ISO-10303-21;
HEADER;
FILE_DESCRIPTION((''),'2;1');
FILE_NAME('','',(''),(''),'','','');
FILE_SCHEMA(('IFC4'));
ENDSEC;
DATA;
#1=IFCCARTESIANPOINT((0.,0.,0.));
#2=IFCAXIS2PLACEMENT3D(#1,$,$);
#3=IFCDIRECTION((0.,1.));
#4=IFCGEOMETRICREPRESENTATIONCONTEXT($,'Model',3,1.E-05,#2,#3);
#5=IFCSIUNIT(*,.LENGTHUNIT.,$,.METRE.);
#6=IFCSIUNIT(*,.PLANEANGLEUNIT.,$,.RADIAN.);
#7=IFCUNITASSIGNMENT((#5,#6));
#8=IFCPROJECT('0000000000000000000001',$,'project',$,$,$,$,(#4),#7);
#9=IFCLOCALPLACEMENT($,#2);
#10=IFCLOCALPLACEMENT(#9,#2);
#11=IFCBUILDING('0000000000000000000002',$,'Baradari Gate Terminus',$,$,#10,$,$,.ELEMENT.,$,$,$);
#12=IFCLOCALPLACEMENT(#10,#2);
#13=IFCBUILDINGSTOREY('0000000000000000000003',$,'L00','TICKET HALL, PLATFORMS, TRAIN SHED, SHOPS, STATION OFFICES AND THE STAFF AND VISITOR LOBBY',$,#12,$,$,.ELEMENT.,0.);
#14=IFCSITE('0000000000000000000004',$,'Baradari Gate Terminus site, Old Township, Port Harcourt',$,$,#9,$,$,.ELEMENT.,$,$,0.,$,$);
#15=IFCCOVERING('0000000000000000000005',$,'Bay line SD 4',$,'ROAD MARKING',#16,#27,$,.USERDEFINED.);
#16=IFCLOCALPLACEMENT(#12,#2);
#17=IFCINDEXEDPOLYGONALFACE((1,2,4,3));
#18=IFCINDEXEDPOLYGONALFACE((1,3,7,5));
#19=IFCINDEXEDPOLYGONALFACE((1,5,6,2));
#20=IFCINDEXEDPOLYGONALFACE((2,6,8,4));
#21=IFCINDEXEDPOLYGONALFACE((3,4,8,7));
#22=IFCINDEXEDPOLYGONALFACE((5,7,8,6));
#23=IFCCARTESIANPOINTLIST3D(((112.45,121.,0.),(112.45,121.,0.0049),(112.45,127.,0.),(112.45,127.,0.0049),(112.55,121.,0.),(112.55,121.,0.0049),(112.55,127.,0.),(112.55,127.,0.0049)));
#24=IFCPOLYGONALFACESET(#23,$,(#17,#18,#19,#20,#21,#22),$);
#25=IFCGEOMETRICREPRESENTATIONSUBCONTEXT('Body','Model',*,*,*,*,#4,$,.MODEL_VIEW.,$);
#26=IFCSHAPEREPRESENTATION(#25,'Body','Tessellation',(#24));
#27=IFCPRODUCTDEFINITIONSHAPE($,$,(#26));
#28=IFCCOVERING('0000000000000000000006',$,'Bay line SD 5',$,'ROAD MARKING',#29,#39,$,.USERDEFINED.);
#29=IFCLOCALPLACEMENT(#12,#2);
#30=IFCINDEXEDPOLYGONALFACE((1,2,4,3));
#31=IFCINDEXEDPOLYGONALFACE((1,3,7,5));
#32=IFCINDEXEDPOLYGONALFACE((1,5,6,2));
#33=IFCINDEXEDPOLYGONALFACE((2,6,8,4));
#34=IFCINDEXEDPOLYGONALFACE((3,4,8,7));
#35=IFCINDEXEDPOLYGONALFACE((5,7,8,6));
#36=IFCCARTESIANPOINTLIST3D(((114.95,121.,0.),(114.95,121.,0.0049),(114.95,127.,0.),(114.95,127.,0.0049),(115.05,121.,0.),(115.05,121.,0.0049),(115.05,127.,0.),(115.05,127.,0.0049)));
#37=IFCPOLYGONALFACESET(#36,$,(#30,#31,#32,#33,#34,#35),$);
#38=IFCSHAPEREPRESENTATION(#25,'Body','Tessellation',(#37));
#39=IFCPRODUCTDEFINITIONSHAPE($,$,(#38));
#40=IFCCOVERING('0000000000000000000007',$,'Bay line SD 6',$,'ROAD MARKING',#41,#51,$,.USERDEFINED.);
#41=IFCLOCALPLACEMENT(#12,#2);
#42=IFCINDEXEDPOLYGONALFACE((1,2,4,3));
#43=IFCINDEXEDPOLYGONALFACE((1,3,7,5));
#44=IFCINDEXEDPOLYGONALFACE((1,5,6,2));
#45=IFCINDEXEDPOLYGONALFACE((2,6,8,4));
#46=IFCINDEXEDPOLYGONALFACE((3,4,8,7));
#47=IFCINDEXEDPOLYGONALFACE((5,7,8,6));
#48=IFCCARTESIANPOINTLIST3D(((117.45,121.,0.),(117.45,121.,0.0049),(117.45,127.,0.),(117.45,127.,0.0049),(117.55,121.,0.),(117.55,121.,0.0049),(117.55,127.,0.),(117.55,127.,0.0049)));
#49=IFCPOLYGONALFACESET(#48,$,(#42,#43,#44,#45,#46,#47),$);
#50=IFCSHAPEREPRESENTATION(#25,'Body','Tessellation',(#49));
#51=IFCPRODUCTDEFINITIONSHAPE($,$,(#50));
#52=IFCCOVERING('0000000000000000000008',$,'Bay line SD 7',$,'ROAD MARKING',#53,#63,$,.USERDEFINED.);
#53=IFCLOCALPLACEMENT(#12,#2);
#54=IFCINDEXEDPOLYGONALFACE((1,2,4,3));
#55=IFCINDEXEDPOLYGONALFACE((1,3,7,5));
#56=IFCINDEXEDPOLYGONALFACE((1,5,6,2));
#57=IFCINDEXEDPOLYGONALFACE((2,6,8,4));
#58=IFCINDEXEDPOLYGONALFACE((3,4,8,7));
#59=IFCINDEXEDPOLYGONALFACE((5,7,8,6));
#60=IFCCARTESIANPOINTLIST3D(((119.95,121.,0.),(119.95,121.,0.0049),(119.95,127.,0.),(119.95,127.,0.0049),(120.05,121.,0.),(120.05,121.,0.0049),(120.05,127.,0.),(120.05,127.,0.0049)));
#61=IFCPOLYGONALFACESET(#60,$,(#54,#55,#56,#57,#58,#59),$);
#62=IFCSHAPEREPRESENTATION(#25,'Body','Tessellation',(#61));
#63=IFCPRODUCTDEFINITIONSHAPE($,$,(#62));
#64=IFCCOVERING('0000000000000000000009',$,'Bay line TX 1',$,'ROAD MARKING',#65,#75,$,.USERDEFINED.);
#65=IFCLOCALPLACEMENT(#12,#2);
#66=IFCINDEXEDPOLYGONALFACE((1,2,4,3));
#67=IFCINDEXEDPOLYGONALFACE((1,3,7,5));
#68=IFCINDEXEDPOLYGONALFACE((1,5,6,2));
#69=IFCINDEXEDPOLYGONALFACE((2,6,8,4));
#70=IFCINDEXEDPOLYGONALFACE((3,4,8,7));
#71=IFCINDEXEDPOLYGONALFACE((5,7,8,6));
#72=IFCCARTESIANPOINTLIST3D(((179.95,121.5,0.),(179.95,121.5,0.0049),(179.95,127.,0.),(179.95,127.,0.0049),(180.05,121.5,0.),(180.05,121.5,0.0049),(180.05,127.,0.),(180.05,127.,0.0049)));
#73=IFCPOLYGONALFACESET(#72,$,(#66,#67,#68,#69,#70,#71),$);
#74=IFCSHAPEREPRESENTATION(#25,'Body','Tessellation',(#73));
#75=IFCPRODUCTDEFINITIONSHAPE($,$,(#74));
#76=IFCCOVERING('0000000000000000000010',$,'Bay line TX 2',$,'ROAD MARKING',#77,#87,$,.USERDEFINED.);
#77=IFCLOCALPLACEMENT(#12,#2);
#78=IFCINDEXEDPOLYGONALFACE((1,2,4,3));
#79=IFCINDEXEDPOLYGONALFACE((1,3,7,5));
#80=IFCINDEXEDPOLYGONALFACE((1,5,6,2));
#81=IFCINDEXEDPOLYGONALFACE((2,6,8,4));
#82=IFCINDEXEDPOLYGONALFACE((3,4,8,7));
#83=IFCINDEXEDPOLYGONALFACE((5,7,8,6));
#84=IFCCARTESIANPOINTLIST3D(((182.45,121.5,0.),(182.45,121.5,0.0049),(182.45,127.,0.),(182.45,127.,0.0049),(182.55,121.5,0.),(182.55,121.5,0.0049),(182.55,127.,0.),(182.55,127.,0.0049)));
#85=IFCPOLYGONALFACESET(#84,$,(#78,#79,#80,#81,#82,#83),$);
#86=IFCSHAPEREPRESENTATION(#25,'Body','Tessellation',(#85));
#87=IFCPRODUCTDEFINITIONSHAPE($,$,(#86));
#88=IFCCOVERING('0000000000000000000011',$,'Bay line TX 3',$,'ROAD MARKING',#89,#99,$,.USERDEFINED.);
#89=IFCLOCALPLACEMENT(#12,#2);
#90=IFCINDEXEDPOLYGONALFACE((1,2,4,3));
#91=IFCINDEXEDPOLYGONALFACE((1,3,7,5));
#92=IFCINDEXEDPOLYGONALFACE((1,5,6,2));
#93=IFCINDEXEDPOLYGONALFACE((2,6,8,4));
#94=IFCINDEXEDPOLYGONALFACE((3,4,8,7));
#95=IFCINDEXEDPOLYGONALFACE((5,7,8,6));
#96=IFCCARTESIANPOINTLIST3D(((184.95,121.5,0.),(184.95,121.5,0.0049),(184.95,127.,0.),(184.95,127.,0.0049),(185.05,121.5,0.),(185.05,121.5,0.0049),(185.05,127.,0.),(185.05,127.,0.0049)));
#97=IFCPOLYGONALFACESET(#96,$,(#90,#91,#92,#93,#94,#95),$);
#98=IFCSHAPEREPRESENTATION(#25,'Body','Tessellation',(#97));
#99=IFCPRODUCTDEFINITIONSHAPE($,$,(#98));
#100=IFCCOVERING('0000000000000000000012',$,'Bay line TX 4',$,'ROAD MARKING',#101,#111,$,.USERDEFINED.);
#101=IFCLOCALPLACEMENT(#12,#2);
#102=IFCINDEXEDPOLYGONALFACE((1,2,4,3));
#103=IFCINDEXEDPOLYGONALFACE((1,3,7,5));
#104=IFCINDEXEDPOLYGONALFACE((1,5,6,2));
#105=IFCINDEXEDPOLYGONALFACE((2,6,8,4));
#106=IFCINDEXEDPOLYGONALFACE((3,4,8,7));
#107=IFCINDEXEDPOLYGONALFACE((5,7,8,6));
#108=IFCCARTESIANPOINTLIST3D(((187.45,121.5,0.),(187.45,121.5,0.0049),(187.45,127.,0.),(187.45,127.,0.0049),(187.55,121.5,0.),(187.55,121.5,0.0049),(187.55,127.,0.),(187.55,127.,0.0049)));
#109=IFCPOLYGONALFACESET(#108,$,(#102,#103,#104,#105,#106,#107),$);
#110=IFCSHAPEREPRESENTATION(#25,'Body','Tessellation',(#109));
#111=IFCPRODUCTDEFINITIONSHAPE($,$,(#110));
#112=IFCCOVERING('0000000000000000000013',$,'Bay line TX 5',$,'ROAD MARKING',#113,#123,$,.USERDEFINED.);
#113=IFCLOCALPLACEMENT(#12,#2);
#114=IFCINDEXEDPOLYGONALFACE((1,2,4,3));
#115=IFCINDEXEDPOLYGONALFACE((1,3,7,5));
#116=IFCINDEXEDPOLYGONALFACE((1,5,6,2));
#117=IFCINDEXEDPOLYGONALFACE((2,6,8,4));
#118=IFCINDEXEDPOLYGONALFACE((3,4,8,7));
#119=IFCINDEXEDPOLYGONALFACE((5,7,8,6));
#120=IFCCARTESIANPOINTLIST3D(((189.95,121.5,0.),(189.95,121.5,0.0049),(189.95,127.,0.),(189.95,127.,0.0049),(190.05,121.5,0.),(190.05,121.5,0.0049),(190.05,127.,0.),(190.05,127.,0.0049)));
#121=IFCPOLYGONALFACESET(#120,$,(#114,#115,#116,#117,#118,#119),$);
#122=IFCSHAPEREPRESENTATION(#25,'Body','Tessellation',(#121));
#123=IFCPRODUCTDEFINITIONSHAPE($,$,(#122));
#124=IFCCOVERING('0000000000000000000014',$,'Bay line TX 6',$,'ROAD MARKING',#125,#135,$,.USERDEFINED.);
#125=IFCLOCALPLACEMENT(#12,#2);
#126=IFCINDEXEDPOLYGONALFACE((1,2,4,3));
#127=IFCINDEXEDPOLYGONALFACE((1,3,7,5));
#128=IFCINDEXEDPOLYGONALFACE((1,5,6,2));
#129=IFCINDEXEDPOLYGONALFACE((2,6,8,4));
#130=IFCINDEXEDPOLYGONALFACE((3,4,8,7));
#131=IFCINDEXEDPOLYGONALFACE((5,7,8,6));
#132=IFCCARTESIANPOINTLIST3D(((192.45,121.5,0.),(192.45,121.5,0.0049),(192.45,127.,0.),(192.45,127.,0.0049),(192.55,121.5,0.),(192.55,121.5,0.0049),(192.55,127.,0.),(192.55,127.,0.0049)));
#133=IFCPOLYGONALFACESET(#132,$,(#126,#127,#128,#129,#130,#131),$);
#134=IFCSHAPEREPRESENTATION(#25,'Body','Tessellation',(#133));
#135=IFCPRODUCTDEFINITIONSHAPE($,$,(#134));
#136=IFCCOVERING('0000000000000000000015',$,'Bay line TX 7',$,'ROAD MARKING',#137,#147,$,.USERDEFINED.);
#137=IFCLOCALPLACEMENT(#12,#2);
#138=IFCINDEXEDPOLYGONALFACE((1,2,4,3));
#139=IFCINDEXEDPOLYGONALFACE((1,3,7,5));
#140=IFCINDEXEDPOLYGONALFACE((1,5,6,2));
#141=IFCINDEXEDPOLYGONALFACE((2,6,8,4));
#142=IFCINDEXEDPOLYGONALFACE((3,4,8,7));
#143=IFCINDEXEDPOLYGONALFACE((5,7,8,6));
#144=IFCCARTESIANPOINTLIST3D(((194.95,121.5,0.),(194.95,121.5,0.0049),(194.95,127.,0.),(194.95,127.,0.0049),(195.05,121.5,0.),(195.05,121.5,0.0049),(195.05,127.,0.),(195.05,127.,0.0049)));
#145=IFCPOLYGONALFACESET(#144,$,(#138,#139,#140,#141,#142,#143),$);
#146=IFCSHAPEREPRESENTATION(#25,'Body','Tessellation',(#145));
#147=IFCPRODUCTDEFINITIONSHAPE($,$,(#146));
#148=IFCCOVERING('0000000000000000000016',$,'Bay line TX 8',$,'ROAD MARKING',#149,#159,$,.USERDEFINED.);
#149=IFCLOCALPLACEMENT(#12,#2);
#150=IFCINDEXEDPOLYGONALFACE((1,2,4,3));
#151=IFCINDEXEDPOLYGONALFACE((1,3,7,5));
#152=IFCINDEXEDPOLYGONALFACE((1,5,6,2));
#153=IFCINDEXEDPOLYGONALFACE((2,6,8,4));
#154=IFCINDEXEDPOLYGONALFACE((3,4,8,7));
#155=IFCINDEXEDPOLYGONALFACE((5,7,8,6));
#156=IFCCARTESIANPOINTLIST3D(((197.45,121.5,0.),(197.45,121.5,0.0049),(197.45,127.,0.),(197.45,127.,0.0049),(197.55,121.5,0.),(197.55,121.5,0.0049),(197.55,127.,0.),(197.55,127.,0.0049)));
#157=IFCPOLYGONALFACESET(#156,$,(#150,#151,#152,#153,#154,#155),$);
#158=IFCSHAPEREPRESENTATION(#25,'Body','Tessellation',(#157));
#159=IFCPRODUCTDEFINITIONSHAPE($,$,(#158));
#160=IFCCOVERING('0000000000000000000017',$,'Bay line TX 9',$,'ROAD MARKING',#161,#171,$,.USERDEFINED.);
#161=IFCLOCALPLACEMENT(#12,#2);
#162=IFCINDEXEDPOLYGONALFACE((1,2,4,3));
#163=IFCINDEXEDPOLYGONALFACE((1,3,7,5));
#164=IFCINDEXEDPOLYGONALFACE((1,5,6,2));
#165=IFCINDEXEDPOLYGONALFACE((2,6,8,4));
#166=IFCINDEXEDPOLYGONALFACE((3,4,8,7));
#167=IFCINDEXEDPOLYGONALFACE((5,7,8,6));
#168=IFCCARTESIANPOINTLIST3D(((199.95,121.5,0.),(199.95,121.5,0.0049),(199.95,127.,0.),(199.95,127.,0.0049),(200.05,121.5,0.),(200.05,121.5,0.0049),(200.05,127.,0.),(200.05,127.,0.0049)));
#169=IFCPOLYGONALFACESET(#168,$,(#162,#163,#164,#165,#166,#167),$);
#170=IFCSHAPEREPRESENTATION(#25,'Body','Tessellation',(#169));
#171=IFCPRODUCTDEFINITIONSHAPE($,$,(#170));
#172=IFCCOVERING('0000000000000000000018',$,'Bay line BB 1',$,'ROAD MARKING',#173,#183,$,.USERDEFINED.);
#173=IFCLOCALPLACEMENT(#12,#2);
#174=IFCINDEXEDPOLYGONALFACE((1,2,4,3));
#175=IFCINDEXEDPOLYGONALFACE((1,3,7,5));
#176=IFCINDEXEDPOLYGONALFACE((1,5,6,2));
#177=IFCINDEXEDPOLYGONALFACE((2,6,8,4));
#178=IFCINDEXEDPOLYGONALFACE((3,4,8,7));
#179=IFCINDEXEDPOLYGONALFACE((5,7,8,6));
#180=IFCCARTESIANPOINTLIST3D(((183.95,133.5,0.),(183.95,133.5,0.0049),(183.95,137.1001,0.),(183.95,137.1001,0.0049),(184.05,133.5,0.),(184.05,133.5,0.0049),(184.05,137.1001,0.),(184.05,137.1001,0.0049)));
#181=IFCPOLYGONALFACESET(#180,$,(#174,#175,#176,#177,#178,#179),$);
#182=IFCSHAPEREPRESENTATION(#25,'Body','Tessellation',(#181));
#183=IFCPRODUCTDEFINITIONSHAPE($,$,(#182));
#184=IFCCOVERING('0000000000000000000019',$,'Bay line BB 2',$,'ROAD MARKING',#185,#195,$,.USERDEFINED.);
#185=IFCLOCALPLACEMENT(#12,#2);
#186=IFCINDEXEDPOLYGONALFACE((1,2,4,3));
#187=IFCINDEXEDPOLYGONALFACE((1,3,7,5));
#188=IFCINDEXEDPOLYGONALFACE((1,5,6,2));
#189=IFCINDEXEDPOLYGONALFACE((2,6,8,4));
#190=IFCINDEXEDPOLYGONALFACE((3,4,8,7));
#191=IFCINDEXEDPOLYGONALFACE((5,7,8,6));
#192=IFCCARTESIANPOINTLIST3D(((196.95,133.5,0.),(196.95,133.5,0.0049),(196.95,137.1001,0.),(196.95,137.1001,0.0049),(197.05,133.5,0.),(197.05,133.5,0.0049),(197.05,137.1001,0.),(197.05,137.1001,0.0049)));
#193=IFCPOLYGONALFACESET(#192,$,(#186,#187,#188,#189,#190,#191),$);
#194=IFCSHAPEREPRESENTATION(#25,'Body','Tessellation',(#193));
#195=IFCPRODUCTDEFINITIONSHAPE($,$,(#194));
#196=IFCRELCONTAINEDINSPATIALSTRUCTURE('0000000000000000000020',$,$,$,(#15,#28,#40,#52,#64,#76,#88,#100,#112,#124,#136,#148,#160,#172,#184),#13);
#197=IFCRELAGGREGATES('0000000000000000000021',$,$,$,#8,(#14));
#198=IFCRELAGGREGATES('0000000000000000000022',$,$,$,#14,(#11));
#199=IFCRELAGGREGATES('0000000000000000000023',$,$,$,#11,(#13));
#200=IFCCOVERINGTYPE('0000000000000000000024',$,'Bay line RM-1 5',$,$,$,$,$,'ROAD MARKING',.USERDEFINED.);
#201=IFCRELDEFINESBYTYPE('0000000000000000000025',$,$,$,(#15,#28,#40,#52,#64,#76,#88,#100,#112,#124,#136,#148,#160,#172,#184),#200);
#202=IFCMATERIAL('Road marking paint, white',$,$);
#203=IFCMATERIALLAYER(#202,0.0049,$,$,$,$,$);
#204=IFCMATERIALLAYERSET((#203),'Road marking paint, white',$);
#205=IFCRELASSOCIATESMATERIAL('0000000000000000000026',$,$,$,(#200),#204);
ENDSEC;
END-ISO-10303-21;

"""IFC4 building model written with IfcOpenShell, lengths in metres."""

from ifc_helpers import new_model, si_unit, direction, origin, place, context, subcontext, project, spatial, polyline, outline, extrude, material, layer, layer_set, type_object, element, save


model = new_model("IFC4")

# Units and contexts
model_context = context("Model", 3, precision=1e-05, world=origin(), true_north=direction((0.0, 1.0)))
body_context = subcontext(model_context, "Body", "Model", "MODEL_VIEW")
ifc_project = project(units=[si_unit("LENGTHUNIT", "METRE"), si_unit("PLANEANGLEUNIT", "RADIAN")], contexts=[model_context])

# Site, building, storey
site_placement = place(None, origin())
site = spatial("IfcSite", under=ifc_project, at=site_placement, Name="Baradari Gate Terminus site, Old Township, Port Harcourt", CompositionType="ELEMENT", RefElevation=0.0)
building_placement = place(site_placement, origin())
building = spatial("IfcBuilding", under=site, at=building_placement, Name="Baradari Gate Terminus", CompositionType="ELEMENT")
storey_placement = place(building_placement, origin())
storey = spatial("IfcBuildingStorey", under=building, at=storey_placement, Name="L00", Description="TICKET HALL, PLATFORMS, TRAIN SHED, SHOPS, STATION OFFICES AND THE STAFF AND VISITOR LOBBY", CompositionType="ELEMENT", Elevation=0.0)

# Coverings
ifc_material_1 = material(Name="Road marking paint, white")
ifc_layer_1 = layer(ifc_material_1, 0.0049)
ifc_layer_set_1 = layer_set([ifc_layer_1], Name="Road marking paint, white")
covering_type_1 = type_object("IfcCoveringType", Name="Bay line RM-1 5", ElementType="ROAD MARKING", PredefinedType="USERDEFINED", material=ifc_layer_set_1)
covering_1_placement = place(storey_placement, origin())
element("IfcCovering", 1, at=covering_1_placement, inside=storey, type_object=covering_type_1, Name="Bay line SD 4", ObjectType="ROAD MARKING", PredefinedType="USERDEFINED", context=body_context, shape_type="SweptSolid", body=[
    extrude(outline(polyline([(112.45, 121.0), (112.55, 121.0), (112.55, 127.0), (112.45, 127.0), (112.45, 121.0)])), origin(), (0.0, 0.0, 1.0), 0.0049),
])
covering_2_placement = place(storey_placement, origin())
element("IfcCovering", 2, at=covering_2_placement, inside=storey, type_object=covering_type_1, Name="Bay line SD 5", ObjectType="ROAD MARKING", PredefinedType="USERDEFINED", context=body_context, shape_type="SweptSolid", body=[
    extrude(outline(polyline([(114.95, 121.0), (115.05, 121.0), (115.05, 127.0), (114.95, 127.0), (114.95, 121.0)])), origin(), (0.0, 0.0, 1.0), 0.0049),
])
covering_3_placement = place(storey_placement, origin())
element("IfcCovering", 3, at=covering_3_placement, inside=storey, type_object=covering_type_1, Name="Bay line SD 6", ObjectType="ROAD MARKING", PredefinedType="USERDEFINED", context=body_context, shape_type="SweptSolid", body=[
    extrude(outline(polyline([(117.45, 121.0), (117.55, 121.0), (117.55, 127.0), (117.45, 127.0), (117.45, 121.0)])), origin(), (0.0, 0.0, 1.0), 0.0049),
])
covering_4_placement = place(storey_placement, origin())
element("IfcCovering", 4, at=covering_4_placement, inside=storey, type_object=covering_type_1, Name="Bay line SD 7", ObjectType="ROAD MARKING", PredefinedType="USERDEFINED", context=body_context, shape_type="SweptSolid", body=[
    extrude(outline(polyline([(119.95, 121.0), (120.05, 121.0), (120.05, 127.0), (119.95, 127.0), (119.95, 121.0)])), origin(), (0.0, 0.0, 1.0), 0.0049),
])
covering_5_placement = place(storey_placement, origin())
element("IfcCovering", 5, at=covering_5_placement, inside=storey, type_object=covering_type_1, Name="Bay line TX 1", ObjectType="ROAD MARKING", PredefinedType="USERDEFINED", context=body_context, shape_type="SweptSolid", body=[
    extrude(outline(polyline([(179.95, 121.5), (180.05, 121.5), (180.05, 127.0), (179.95, 127.0), (179.95, 121.5)])), origin(), (0.0, 0.0, 1.0), 0.0049),
])
covering_6_placement = place(storey_placement, origin())
element("IfcCovering", 6, at=covering_6_placement, inside=storey, type_object=covering_type_1, Name="Bay line TX 2", ObjectType="ROAD MARKING", PredefinedType="USERDEFINED", context=body_context, shape_type="SweptSolid", body=[
    extrude(outline(polyline([(182.45, 121.5), (182.55, 121.5), (182.55, 127.0), (182.45, 127.0), (182.45, 121.5)])), origin(), (0.0, 0.0, 1.0), 0.0049),
])
covering_7_placement = place(storey_placement, origin())
element("IfcCovering", 7, at=covering_7_placement, inside=storey, type_object=covering_type_1, Name="Bay line TX 3", ObjectType="ROAD MARKING", PredefinedType="USERDEFINED", context=body_context, shape_type="SweptSolid", body=[
    extrude(outline(polyline([(184.95, 121.5), (185.05, 121.5), (185.05, 127.0), (184.95, 127.0), (184.95, 121.5)])), origin(), (0.0, 0.0, 1.0), 0.0049),
])
covering_8_placement = place(storey_placement, origin())
element("IfcCovering", 8, at=covering_8_placement, inside=storey, type_object=covering_type_1, Name="Bay line TX 4", ObjectType="ROAD MARKING", PredefinedType="USERDEFINED", context=body_context, shape_type="SweptSolid", body=[
    extrude(outline(polyline([(187.45, 121.5), (187.55, 121.5), (187.55, 127.0), (187.45, 127.0), (187.45, 121.5)])), origin(), (0.0, 0.0, 1.0), 0.0049),
])
covering_9_placement = place(storey_placement, origin())
element("IfcCovering", 9, at=covering_9_placement, inside=storey, type_object=covering_type_1, Name="Bay line TX 5", ObjectType="ROAD MARKING", PredefinedType="USERDEFINED", context=body_context, shape_type="SweptSolid", body=[
    extrude(outline(polyline([(189.95, 121.5), (190.05, 121.5), (190.05, 127.0), (189.95, 127.0), (189.95, 121.5)])), origin(), (0.0, 0.0, 1.0), 0.0049),
])
covering_10_placement = place(storey_placement, origin())
element("IfcCovering", 10, at=covering_10_placement, inside=storey, type_object=covering_type_1, Name="Bay line TX 6", ObjectType="ROAD MARKING", PredefinedType="USERDEFINED", context=body_context, shape_type="SweptSolid", body=[
    extrude(outline(polyline([(192.45, 121.5), (192.55, 121.5), (192.55, 127.0), (192.45, 127.0), (192.45, 121.5)])), origin(), (0.0, 0.0, 1.0), 0.0049),
])
covering_11_placement = place(storey_placement, origin())
element("IfcCovering", 11, at=covering_11_placement, inside=storey, type_object=covering_type_1, Name="Bay line TX 7", ObjectType="ROAD MARKING", PredefinedType="USERDEFINED", context=body_context, shape_type="SweptSolid", body=[
    extrude(outline(polyline([(194.95, 121.5), (195.05, 121.5), (195.05, 127.0), (194.95, 127.0), (194.95, 121.5)])), origin(), (0.0, 0.0, 1.0), 0.0049),
])
covering_12_placement = place(storey_placement, origin())
element("IfcCovering", 12, at=covering_12_placement, inside=storey, type_object=covering_type_1, Name="Bay line TX 8", ObjectType="ROAD MARKING", PredefinedType="USERDEFINED", context=body_context, shape_type="SweptSolid", body=[
    extrude(outline(polyline([(197.45, 121.5), (197.55, 121.5), (197.55, 127.0), (197.45, 127.0), (197.45, 121.5)])), origin(), (0.0, 0.0, 1.0), 0.0049),
])
covering_13_placement = place(storey_placement, origin())
element("IfcCovering", 13, at=covering_13_placement, inside=storey, type_object=covering_type_1, Name="Bay line TX 9", ObjectType="ROAD MARKING", PredefinedType="USERDEFINED", context=body_context, shape_type="SweptSolid", body=[
    extrude(outline(polyline([(199.95, 121.5), (200.05, 121.5), (200.05, 127.0), (199.95, 127.0), (199.95, 121.5)])), origin(), (0.0, 0.0, 1.0), 0.0049),
])
covering_14_placement = place(storey_placement, origin())
element("IfcCovering", 14, at=covering_14_placement, inside=storey, type_object=covering_type_1, Name="Bay line BB 1", ObjectType="ROAD MARKING", PredefinedType="USERDEFINED", context=body_context, shape_type="SweptSolid", body=[
    extrude(outline(polyline([(183.95, 133.5), (184.05, 133.5), (184.05, 137.1001), (183.95, 137.1001), (183.95, 133.5)])), origin(), (0.0, 0.0, 1.0), 0.0049),
])
covering_15_placement = place(storey_placement, origin())
element("IfcCovering", 15, at=covering_15_placement, inside=storey, type_object=covering_type_1, Name="Bay line BB 2", ObjectType="ROAD MARKING", PredefinedType="USERDEFINED", context=body_context, shape_type="SweptSolid", body=[
    extrude(outline(polyline([(196.95, 133.5), (197.05, 133.5), (197.05, 137.1001), (196.95, 137.1001), (196.95, 133.5)])), origin(), (0.0, 0.0, 1.0), 0.0049),
])

save(model, "model.ifc")
